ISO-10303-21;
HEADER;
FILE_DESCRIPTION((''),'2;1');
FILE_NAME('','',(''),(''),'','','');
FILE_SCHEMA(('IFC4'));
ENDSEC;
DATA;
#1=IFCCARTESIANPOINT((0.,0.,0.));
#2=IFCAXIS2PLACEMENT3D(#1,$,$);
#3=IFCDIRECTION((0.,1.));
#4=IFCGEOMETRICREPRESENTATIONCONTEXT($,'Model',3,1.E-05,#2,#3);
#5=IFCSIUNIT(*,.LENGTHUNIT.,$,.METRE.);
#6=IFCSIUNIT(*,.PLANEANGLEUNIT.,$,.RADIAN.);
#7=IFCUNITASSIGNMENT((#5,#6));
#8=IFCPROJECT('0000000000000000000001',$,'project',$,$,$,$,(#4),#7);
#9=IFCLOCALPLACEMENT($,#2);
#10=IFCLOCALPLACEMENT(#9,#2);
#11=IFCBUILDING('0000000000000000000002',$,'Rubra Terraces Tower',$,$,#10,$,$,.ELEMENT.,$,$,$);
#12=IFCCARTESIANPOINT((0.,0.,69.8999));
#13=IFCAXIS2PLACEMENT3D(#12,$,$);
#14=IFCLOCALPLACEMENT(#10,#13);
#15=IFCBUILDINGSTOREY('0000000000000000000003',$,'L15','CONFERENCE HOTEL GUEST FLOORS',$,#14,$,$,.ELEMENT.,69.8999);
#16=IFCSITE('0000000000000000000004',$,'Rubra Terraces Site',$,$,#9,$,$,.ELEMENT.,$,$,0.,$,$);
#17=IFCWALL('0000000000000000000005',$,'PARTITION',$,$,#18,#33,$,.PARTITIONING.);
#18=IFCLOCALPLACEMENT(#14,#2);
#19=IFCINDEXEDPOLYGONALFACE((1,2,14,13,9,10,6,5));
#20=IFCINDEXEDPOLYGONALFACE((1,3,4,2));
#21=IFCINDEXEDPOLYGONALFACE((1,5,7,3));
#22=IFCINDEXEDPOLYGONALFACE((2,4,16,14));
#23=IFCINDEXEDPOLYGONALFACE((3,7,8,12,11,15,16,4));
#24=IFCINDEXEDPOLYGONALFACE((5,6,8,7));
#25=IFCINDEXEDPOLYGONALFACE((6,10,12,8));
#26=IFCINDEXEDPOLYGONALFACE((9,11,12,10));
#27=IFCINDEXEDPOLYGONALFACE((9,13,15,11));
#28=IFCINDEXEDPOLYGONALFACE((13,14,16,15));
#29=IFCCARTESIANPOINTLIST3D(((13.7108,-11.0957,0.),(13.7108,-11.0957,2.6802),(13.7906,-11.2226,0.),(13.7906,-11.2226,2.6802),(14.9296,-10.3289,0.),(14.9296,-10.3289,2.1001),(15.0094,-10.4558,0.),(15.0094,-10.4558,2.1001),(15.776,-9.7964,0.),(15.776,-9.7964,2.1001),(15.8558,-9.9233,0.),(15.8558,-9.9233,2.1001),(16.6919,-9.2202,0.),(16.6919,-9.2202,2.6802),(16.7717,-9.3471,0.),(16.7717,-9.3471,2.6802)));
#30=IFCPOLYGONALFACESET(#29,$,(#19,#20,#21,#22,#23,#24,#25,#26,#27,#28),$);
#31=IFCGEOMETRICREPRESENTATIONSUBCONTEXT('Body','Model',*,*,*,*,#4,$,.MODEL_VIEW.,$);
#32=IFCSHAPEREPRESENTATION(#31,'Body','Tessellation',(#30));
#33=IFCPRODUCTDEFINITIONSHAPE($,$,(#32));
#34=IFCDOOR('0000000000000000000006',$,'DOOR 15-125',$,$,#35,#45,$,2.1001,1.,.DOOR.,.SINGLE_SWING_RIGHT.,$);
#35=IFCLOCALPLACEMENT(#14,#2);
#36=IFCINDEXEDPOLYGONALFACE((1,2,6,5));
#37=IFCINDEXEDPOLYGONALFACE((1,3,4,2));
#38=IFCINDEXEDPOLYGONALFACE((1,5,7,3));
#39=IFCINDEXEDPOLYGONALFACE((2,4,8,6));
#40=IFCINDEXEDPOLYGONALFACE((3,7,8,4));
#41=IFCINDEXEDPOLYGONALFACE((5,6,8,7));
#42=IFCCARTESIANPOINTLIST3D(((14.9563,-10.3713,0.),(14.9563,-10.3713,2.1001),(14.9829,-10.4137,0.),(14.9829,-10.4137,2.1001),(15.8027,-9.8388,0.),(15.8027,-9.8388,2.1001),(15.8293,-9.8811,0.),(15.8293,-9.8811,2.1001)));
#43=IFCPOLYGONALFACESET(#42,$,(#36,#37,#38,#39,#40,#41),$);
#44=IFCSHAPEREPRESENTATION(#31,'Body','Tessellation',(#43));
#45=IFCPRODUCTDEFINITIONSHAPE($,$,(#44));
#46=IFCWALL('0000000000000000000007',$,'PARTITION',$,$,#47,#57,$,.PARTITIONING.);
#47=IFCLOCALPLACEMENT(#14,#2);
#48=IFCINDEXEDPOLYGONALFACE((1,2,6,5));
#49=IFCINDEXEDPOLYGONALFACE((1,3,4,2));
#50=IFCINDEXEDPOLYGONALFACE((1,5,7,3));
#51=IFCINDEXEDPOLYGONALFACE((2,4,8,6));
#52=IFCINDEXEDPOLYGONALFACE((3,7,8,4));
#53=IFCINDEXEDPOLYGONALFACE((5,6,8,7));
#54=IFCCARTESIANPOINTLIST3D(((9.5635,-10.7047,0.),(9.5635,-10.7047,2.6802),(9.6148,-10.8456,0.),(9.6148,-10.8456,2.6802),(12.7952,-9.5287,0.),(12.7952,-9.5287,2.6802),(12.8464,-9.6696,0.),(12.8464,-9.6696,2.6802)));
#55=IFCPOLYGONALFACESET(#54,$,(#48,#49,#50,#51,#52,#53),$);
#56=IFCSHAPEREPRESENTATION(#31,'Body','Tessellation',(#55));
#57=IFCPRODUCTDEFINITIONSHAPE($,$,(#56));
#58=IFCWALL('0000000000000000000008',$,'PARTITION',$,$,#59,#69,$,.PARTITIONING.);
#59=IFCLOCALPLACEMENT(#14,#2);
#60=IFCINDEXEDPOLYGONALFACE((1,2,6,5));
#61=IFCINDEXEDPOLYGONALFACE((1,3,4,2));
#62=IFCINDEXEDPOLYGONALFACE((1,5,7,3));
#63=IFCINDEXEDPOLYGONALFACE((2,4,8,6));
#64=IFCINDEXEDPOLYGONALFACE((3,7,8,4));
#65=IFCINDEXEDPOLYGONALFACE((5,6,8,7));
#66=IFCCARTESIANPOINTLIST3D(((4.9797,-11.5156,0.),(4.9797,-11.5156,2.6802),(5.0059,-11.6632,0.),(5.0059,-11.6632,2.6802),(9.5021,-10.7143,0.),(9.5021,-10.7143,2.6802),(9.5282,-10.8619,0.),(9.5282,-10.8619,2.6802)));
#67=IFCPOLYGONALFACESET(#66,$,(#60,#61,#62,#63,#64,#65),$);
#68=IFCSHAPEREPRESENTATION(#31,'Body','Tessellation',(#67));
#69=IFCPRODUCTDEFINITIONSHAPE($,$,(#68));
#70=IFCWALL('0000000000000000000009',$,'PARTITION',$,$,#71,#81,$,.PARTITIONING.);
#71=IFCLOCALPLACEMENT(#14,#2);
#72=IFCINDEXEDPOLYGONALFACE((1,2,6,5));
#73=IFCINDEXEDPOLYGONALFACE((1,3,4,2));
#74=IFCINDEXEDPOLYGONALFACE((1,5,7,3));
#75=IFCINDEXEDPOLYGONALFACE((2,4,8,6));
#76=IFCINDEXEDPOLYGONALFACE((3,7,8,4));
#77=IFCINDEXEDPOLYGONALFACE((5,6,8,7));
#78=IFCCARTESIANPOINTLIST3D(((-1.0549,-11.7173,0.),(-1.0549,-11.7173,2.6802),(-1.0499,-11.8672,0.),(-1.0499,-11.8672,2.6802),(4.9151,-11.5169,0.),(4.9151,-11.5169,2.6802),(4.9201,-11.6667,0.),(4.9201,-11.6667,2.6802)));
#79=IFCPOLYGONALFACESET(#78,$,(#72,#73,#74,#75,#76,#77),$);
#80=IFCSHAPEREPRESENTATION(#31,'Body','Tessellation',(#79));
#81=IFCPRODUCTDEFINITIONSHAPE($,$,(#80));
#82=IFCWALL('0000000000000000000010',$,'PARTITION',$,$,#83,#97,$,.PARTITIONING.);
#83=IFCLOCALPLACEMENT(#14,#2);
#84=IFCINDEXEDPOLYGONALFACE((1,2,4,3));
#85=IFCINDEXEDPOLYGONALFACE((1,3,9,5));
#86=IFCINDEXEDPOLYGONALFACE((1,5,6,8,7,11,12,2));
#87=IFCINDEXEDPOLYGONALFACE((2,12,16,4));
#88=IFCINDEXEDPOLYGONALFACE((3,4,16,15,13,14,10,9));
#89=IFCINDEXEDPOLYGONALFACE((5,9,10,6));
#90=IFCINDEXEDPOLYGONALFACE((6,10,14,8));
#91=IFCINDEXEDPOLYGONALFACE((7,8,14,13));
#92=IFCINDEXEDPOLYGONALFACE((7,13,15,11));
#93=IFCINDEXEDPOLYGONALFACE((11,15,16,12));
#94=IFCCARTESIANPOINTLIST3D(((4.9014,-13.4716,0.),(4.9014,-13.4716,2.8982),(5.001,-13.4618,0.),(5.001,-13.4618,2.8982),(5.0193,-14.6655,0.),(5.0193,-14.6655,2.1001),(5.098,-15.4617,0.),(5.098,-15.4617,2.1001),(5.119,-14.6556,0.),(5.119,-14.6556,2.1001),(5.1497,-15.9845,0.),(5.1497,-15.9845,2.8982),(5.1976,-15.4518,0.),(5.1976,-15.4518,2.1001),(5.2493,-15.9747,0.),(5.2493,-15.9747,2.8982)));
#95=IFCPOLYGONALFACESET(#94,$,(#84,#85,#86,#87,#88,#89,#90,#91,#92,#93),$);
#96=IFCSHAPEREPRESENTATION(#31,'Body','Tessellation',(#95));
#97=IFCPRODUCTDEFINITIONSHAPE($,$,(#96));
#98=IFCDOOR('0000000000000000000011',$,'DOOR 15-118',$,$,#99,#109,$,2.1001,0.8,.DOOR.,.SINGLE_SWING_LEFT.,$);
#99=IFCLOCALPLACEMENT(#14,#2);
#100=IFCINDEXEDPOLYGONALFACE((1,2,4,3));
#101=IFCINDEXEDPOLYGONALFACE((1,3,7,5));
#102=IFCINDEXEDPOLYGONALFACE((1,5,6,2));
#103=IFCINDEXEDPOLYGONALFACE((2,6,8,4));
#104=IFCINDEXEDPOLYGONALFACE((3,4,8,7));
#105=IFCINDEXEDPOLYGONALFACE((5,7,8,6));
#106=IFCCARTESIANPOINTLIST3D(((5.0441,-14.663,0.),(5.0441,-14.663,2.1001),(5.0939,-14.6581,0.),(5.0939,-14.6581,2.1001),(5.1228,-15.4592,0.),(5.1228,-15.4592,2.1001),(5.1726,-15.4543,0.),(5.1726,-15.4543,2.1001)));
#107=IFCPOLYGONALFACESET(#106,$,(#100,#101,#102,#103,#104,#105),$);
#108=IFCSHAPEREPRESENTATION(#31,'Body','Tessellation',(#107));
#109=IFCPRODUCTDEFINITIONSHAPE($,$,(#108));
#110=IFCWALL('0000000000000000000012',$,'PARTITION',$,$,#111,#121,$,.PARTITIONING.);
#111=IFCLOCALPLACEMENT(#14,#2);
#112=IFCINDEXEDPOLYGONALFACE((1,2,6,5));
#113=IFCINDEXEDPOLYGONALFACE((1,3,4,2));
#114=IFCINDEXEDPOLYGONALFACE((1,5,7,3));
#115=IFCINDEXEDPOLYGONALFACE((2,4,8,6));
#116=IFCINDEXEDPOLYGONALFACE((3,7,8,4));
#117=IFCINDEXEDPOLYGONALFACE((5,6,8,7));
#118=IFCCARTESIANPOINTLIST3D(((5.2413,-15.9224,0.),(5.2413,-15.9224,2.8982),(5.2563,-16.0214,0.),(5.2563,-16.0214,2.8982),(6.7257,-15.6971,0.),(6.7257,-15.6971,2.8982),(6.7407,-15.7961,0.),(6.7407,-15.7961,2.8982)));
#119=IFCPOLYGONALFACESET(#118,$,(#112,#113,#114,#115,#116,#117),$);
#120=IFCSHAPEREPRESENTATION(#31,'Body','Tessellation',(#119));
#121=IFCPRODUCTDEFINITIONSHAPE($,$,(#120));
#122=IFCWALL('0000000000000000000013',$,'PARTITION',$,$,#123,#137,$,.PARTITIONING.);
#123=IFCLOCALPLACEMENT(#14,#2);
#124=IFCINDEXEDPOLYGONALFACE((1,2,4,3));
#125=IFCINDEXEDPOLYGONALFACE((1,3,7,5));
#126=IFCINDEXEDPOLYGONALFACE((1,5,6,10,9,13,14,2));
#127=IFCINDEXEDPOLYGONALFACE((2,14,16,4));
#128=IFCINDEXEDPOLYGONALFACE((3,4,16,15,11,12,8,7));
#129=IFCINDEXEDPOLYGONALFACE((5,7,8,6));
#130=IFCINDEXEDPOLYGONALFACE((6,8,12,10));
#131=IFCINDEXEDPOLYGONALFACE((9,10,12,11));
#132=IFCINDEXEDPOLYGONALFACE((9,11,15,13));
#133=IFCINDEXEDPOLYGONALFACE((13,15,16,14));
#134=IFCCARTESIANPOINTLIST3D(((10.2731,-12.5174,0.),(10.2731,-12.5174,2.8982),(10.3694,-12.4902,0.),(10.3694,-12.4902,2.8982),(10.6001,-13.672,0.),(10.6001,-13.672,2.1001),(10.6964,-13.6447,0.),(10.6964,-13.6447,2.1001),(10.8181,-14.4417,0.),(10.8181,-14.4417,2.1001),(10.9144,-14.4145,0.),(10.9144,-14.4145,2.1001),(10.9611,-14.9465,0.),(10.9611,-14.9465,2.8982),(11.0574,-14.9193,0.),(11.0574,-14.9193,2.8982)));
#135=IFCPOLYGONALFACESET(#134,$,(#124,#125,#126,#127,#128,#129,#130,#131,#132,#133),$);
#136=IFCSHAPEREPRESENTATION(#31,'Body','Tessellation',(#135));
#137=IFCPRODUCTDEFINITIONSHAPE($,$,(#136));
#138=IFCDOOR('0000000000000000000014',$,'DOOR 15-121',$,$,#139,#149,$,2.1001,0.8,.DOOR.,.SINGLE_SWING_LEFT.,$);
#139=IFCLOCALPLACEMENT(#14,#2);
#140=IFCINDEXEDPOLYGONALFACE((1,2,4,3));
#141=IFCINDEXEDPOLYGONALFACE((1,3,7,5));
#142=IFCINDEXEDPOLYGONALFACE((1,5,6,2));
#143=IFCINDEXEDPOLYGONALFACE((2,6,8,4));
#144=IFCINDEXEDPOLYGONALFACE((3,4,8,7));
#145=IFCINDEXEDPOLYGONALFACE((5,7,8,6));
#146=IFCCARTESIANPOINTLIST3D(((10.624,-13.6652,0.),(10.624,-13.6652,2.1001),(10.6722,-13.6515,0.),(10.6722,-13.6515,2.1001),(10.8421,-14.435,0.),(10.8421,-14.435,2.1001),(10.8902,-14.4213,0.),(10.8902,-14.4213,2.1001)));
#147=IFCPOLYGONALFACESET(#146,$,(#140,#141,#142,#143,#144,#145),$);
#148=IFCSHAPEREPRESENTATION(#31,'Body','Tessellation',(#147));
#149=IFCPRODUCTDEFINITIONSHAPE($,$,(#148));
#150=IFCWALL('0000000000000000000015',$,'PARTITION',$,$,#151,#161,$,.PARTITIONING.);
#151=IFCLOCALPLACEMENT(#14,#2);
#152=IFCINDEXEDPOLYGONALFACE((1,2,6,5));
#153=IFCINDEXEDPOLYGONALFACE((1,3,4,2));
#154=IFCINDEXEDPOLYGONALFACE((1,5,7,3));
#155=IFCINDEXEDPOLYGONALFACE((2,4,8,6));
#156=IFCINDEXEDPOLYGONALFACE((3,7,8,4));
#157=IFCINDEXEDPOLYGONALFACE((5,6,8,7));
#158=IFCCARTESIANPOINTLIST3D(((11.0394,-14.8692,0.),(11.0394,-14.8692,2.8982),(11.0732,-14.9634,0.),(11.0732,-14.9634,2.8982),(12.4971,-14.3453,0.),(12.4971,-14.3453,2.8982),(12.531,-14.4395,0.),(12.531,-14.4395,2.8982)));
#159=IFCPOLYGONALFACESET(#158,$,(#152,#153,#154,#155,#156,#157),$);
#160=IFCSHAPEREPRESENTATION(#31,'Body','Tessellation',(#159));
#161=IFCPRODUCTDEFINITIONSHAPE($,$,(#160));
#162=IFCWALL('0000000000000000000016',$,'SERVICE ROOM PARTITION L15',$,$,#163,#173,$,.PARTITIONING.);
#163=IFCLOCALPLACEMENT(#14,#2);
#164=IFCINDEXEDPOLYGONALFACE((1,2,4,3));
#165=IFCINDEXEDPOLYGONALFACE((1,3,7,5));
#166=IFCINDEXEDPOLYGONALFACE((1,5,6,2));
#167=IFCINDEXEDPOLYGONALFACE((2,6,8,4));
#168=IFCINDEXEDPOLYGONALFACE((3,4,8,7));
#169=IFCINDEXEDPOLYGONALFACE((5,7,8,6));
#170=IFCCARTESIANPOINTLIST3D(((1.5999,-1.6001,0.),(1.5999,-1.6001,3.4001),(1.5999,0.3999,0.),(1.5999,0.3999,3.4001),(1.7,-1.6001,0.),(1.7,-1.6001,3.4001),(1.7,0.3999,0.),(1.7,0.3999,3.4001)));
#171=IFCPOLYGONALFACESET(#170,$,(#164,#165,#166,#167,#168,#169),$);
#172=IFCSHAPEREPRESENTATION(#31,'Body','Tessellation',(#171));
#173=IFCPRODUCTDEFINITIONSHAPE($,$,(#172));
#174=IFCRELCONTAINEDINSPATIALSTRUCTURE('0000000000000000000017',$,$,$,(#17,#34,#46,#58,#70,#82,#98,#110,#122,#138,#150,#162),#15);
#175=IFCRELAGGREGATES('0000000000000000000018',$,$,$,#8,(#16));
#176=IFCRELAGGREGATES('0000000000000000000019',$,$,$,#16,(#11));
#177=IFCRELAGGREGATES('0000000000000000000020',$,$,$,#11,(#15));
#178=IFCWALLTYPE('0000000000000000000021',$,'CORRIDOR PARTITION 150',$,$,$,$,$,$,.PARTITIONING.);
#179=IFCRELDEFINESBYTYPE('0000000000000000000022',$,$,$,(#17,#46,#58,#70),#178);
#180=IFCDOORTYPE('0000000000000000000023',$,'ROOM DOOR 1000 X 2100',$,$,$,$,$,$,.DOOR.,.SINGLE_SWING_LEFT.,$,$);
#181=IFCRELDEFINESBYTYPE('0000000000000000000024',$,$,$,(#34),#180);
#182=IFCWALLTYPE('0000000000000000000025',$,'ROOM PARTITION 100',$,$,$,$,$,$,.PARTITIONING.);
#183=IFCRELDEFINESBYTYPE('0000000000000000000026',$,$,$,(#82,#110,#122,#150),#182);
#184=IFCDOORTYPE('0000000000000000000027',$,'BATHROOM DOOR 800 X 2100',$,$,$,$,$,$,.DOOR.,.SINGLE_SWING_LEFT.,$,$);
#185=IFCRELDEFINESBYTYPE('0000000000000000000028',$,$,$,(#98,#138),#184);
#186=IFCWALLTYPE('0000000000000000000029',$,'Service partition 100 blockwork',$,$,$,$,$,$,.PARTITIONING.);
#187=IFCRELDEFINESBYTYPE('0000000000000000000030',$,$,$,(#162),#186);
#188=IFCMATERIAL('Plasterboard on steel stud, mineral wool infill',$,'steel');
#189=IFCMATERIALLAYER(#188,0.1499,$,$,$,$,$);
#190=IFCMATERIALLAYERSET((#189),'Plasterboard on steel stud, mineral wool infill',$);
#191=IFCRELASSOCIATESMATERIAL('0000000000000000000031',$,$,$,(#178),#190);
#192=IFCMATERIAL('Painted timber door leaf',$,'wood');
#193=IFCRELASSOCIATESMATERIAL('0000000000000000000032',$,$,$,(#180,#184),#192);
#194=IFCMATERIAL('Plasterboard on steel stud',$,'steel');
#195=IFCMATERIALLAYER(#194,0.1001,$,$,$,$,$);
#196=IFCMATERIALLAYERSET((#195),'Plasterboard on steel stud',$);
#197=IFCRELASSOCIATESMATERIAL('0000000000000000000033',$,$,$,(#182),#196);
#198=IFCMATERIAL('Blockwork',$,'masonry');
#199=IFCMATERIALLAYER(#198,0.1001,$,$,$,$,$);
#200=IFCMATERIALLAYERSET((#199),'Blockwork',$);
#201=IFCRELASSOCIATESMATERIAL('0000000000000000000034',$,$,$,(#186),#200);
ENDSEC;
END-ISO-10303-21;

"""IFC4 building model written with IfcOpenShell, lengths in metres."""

from ifc_helpers import new_model, si_unit, direction, frame, frame_2d, origin, place, context, subcontext, project, spatial, rectangle, extrude, material, layer, layer_set, type_object, element, fill, save


model = new_model("IFC4")

# Units and contexts
model_context = context("Model", 3, precision=1e-05, world=origin(), true_north=direction((0.0, 1.0)))
body_context = subcontext(model_context, "Body", "Model", "MODEL_VIEW")
ifc_project = project(units=[si_unit("LENGTHUNIT", "METRE"), si_unit("PLANEANGLEUNIT", "RADIAN")], contexts=[model_context])

# Site, building, storey
site_placement = place(None, origin())
site = spatial("IfcSite", under=ifc_project, at=site_placement, Name="Rubra Terraces Site", CompositionType="ELEMENT", RefElevation=0.0)
building_placement = place(site_placement, origin())
building = spatial("IfcBuilding", under=site, at=building_placement, Name="Rubra Terraces Tower", CompositionType="ELEMENT")
storey_placement = place(building_placement, frame((0.0, 0.0, 69.8999)))
storey = spatial("IfcBuildingStorey", under=building, at=storey_placement, Name="L15", Description="CONFERENCE HOTEL GUEST FLOORS", CompositionType="ELEMENT", Elevation=69.8999)

# Shared definitions
ifc_material_1 = material(Name="Plasterboard on steel stud, mineral wool infill", Category="steel")
ifc_layer_1 = layer(ifc_material_1, 0.1499)
ifc_layer_set_1 = layer_set([ifc_layer_1], Name="Plasterboard on steel stud, mineral wool infill")
wall_type_1 = type_object("IfcWallType", Name="CORRIDOR PARTITION 150", PredefinedType="PARTITIONING", material=ifc_layer_set_1)

# Shared definitions
ifc_material_2 = material(Name="Painted timber door leaf", Category="wood")
door_type_1 = type_object("IfcDoorType", Name="ROOM DOOR 1000 X 2100", OperationType="SINGLE_SWING_LEFT", PredefinedType="DOOR", material=ifc_material_2)

# Wall, opening, door
wall_1_placement = place(storey_placement, frame((13.7507, -11.1592, 0.0), z_axis=(0.0, 0.0, 1.0), x_axis=(0.846413, 0.532526, 0.0)))
wall_1 = element("IfcWall", 1, at=wall_1_placement, inside=storey, type_object=wall_type_1, Name="PARTITION", PredefinedType="PARTITIONING", context=body_context, shape_type="SweptSolid", body=[
    extrude(rectangle(XDim=3.522, YDim=0.1499, at=frame_2d((1.761, 0.0))), origin(), (0.0, 0.0, 1.0), 2.6802),
])
opening_1_placement = place(wall_1_placement, frame((1.4399, 0.0, 0.0)))
opening_1 = element("IfcOpeningElement", 2, at=opening_1_placement, cuts=wall_1, PredefinedType="OPENING", context=body_context, shape_type="SweptSolid", body=[
    extrude(rectangle(XDim=1.0, YDim=2.1001, at=frame_2d((0.5, 1.05))), frame((0.0, 0.085, 0.0), z_axis=(0.0, -1.0, 0.0), x_axis=(1.0, 0.0, 0.0)), (0.0, 0.0, 1.0), 0.1699),
])
door_1_placement = place(opening_1_placement, origin())
door_1 = element("IfcDoor", 3, at=door_1_placement, inside=storey, type_object=door_type_1, Name="DOOR 15-125", OperationType="SINGLE_SWING_RIGHT", OverallHeight=2.1001, OverallWidth=1.0, PredefinedType="DOOR", context=body_context, shape_type="SweptSolid", body=[
    extrude(rectangle(XDim=1.0, YDim=2.1001, at=frame_2d((0.5, 1.05))), frame((0.0, 0.0249, 0.0), z_axis=(0.0, -1.0, 0.0), x_axis=(1.0, 0.0, 0.0)), (0.0, 0.0, 1.0), 0.05),
])
fill(opening_1, door_1)

# Walls
wall_2_placement = place(storey_placement, frame((12.8208, -9.5991, 0.0), z_axis=(0.0, 0.0, 1.0), x_axis=(-0.939713, -0.341965, 0.0)))
element("IfcWall", 4, at=wall_2_placement, inside=storey, type_object=wall_type_1, Name="PARTITION", PredefinedType="PARTITIONING", context=body_context, shape_type="SweptSolid", body=[
    extrude(rectangle(XDim=3.439, YDim=0.1499, at=frame_2d((1.7195, 0.0))), origin(), (0.0, 0.0, 1.0), 2.6802),
])
wall_3_placement = place(storey_placement, frame((9.5151, -10.7881, 0.0), z_axis=(0.0, 0.0, 1.0), x_axis=(-0.984663, -0.174468, 0.0)))
element("IfcWall", 5, at=wall_3_placement, inside=storey, type_object=wall_type_1, Name="PARTITION", PredefinedType="PARTITIONING", context=body_context, shape_type="SweptSolid", body=[
    extrude(rectangle(XDim=4.5928, YDim=0.1499, at=frame_2d((2.2964, 0.0))), origin(), (0.0, 0.0, 1.0), 2.6802),
])
wall_4_placement = place(storey_placement, frame((4.9177, -11.5918, 0.0), z_axis=(0.0, 0.0, 1.0), x_axis=(-0.999437, -0.033556, 0.0)))
element("IfcWall", 6, at=wall_4_placement, inside=storey, type_object=wall_type_1, Name="PARTITION", PredefinedType="PARTITIONING", context=body_context, shape_type="SweptSolid", body=[
    extrude(rectangle(XDim=5.9734, YDim=0.1499, at=frame_2d((2.9868, 0.0))), origin(), (0.0, 0.0, 1.0), 2.6802),
])

# Wall, opening, door
ifc_material_3 = material(Name="Plasterboard on steel stud", Category="steel")
ifc_layer_2 = layer(ifc_material_3, 0.1001)
ifc_layer_set_2 = layer_set([ifc_layer_2], Name="Plasterboard on steel stud")
wall_type_2 = type_object("IfcWallType", Name="ROOM PARTITION 100", PredefinedType="PARTITIONING", material=ifc_layer_set_2)
wall_5_placement = place(storey_placement, frame((4.9512, -13.4666, 0.0), z_axis=(0.0, 0.0, 1.0), x_axis=(0.098326, -0.995154, 0.0)))
wall_5 = element("IfcWall", 7, at=wall_5_placement, inside=storey, type_object=wall_type_2, Name="PARTITION", PredefinedType="PARTITIONING", context=body_context, shape_type="SweptSolid", body=[
    extrude(rectangle(XDim=2.5251, YDim=0.1001, at=frame_2d((1.2627, 0.0))), origin(), (0.0, 0.0, 1.0), 2.8982),
])
opening_2_placement = place(wall_5_placement, frame((1.2, 0.0, 0.0)))
opening_2 = element("IfcOpeningElement", 8, at=opening_2_placement, cuts=wall_5, PredefinedType="OPENING", context=body_context, shape_type="SweptSolid", body=[
    extrude(rectangle(XDim=0.8, YDim=2.1001, at=frame_2d((0.3999, 1.05))), frame((0.0, 0.0601, 0.0), z_axis=(0.0, -1.0, 0.0), x_axis=(1.0, 0.0, 0.0)), (0.0, 0.0, 1.0), 0.1201),
])
door_type_2 = type_object("IfcDoorType", Name="BATHROOM DOOR 800 X 2100", OperationType="SINGLE_SWING_LEFT", PredefinedType="DOOR", material=ifc_material_2)
door_2_placement = place(opening_2_placement, origin())
door_2 = element("IfcDoor", 9, at=door_2_placement, inside=storey, type_object=door_type_2, Name="DOOR 15-118", OperationType="SINGLE_SWING_LEFT", OverallHeight=2.1001, OverallWidth=0.8, PredefinedType="DOOR", context=body_context, shape_type="SweptSolid", body=[
    extrude(rectangle(XDim=0.8, YDim=2.1001, at=frame_2d((0.3999, 1.05))), frame((0.0, 0.0249, 0.0), z_axis=(0.0, -1.0, 0.0), x_axis=(1.0, 0.0, 0.0)), (0.0, 0.0, 1.0), 0.05),
])
fill(opening_2, door_2)

# Wall
wall_6_placement = place(storey_placement, frame((5.2488, -15.9719, 0.0), z_axis=(0.0, 0.0, 1.0), x_axis=(0.988672, 0.15009, 0.0)))
element("IfcWall", 10, at=wall_6_placement, inside=storey, type_object=wall_type_2, Name="PARTITION", PredefinedType="PARTITIONING", context=body_context, shape_type="SweptSolid", body=[
    extrude(rectangle(XDim=1.5015, YDim=0.1001, at=frame_2d((0.7507, 0.0))), origin(), (0.0, 0.0, 1.0), 2.8982),
])

# Wall, opening, door
wall_7_placement = place(storey_placement, frame((10.3213, -12.5039, 0.0), z_axis=(0.0, 0.0, 1.0), x_axis=(0.272498, -0.962156, 0.0)))
wall_7 = element("IfcWall", 11, at=wall_7_placement, inside=storey, type_object=wall_type_2, Name="PARTITION", PredefinedType="PARTITIONING", context=body_context, shape_type="SweptSolid", body=[
    extrude(rectangle(XDim=2.5247, YDim=0.1001, at=frame_2d((1.2622, 0.0))), origin(), (0.0, 0.0, 1.0), 2.8982),
])
opening_3_placement = place(wall_7_placement, frame((1.2, 0.0, 0.0)))
opening_3 = element("IfcOpeningElement", 12, at=opening_3_placement, cuts=wall_7, PredefinedType="OPENING", context=body_context, shape_type="SweptSolid", body=[
    extrude(rectangle(XDim=0.8, YDim=2.1001, at=frame_2d((0.3999, 1.05))), frame((0.0, 0.0601, 0.0), z_axis=(0.0, -1.0, 0.0), x_axis=(1.0, 0.0, 0.0)), (0.0, 0.0, 1.0), 0.1201),
])
door_3_placement = place(opening_3_placement, origin())
door_3 = element("IfcDoor", 13, at=door_3_placement, inside=storey, type_object=door_type_2, Name="DOOR 15-121", OperationType="SINGLE_SWING_LEFT", OverallHeight=2.1001, OverallWidth=0.8, PredefinedType="DOOR", context=body_context, shape_type="SweptSolid", body=[
    extrude(rectangle(XDim=0.8, YDim=2.1001, at=frame_2d((0.3999, 1.05))), frame((0.0, 0.0249, 0.0), z_axis=(0.0, -1.0, 0.0), x_axis=(1.0, 0.0, 0.0)), (0.0, 0.0, 1.0), 0.05),
])
fill(opening_3, door_3)

# Walls
wall_8_placement = place(storey_placement, frame((11.0564, -14.9163, 0.0), z_axis=(0.0, 0.0, 1.0), x_axis=(0.941066, 0.338223, 0.0)))
element("IfcWall", 14, at=wall_8_placement, inside=storey, type_object=wall_type_2, Name="PARTITION", PredefinedType="PARTITIONING", context=body_context, shape_type="SweptSolid", body=[
    extrude(rectangle(XDim=1.5491, YDim=0.1001, at=frame_2d((0.7744, 0.0))), origin(), (0.0, 0.0, 1.0), 2.8982),
])
ifc_material_4 = material(Name="Blockwork", Category="masonry")
ifc_layer_3 = layer(ifc_material_4, 0.1001)
ifc_layer_set_3 = layer_set([ifc_layer_3], Name="Blockwork")
wall_type_3 = type_object("IfcWallType", Name="Service partition 100 blockwork", PredefinedType="PARTITIONING", material=ifc_layer_set_3)
wall_9_placement = place(storey_placement, frame((1.6499, -1.6001, 0.0), z_axis=(0.0, 0.0, 1.0), x_axis=(0.0, 1.0, 0.0)))
element("IfcWall", 15, at=wall_9_placement, inside=storey, type_object=wall_type_3, Name="SERVICE ROOM PARTITION L15", PredefinedType="PARTITIONING", context=body_context, shape_type="SweptSolid", body=[
    extrude(rectangle(XDim=2.0, YDim=0.1001, at=frame_2d((1.0, 0.0))), origin(), (0.0, 0.0, 1.0), 3.4001),
])

save(model, "model.ifc")
